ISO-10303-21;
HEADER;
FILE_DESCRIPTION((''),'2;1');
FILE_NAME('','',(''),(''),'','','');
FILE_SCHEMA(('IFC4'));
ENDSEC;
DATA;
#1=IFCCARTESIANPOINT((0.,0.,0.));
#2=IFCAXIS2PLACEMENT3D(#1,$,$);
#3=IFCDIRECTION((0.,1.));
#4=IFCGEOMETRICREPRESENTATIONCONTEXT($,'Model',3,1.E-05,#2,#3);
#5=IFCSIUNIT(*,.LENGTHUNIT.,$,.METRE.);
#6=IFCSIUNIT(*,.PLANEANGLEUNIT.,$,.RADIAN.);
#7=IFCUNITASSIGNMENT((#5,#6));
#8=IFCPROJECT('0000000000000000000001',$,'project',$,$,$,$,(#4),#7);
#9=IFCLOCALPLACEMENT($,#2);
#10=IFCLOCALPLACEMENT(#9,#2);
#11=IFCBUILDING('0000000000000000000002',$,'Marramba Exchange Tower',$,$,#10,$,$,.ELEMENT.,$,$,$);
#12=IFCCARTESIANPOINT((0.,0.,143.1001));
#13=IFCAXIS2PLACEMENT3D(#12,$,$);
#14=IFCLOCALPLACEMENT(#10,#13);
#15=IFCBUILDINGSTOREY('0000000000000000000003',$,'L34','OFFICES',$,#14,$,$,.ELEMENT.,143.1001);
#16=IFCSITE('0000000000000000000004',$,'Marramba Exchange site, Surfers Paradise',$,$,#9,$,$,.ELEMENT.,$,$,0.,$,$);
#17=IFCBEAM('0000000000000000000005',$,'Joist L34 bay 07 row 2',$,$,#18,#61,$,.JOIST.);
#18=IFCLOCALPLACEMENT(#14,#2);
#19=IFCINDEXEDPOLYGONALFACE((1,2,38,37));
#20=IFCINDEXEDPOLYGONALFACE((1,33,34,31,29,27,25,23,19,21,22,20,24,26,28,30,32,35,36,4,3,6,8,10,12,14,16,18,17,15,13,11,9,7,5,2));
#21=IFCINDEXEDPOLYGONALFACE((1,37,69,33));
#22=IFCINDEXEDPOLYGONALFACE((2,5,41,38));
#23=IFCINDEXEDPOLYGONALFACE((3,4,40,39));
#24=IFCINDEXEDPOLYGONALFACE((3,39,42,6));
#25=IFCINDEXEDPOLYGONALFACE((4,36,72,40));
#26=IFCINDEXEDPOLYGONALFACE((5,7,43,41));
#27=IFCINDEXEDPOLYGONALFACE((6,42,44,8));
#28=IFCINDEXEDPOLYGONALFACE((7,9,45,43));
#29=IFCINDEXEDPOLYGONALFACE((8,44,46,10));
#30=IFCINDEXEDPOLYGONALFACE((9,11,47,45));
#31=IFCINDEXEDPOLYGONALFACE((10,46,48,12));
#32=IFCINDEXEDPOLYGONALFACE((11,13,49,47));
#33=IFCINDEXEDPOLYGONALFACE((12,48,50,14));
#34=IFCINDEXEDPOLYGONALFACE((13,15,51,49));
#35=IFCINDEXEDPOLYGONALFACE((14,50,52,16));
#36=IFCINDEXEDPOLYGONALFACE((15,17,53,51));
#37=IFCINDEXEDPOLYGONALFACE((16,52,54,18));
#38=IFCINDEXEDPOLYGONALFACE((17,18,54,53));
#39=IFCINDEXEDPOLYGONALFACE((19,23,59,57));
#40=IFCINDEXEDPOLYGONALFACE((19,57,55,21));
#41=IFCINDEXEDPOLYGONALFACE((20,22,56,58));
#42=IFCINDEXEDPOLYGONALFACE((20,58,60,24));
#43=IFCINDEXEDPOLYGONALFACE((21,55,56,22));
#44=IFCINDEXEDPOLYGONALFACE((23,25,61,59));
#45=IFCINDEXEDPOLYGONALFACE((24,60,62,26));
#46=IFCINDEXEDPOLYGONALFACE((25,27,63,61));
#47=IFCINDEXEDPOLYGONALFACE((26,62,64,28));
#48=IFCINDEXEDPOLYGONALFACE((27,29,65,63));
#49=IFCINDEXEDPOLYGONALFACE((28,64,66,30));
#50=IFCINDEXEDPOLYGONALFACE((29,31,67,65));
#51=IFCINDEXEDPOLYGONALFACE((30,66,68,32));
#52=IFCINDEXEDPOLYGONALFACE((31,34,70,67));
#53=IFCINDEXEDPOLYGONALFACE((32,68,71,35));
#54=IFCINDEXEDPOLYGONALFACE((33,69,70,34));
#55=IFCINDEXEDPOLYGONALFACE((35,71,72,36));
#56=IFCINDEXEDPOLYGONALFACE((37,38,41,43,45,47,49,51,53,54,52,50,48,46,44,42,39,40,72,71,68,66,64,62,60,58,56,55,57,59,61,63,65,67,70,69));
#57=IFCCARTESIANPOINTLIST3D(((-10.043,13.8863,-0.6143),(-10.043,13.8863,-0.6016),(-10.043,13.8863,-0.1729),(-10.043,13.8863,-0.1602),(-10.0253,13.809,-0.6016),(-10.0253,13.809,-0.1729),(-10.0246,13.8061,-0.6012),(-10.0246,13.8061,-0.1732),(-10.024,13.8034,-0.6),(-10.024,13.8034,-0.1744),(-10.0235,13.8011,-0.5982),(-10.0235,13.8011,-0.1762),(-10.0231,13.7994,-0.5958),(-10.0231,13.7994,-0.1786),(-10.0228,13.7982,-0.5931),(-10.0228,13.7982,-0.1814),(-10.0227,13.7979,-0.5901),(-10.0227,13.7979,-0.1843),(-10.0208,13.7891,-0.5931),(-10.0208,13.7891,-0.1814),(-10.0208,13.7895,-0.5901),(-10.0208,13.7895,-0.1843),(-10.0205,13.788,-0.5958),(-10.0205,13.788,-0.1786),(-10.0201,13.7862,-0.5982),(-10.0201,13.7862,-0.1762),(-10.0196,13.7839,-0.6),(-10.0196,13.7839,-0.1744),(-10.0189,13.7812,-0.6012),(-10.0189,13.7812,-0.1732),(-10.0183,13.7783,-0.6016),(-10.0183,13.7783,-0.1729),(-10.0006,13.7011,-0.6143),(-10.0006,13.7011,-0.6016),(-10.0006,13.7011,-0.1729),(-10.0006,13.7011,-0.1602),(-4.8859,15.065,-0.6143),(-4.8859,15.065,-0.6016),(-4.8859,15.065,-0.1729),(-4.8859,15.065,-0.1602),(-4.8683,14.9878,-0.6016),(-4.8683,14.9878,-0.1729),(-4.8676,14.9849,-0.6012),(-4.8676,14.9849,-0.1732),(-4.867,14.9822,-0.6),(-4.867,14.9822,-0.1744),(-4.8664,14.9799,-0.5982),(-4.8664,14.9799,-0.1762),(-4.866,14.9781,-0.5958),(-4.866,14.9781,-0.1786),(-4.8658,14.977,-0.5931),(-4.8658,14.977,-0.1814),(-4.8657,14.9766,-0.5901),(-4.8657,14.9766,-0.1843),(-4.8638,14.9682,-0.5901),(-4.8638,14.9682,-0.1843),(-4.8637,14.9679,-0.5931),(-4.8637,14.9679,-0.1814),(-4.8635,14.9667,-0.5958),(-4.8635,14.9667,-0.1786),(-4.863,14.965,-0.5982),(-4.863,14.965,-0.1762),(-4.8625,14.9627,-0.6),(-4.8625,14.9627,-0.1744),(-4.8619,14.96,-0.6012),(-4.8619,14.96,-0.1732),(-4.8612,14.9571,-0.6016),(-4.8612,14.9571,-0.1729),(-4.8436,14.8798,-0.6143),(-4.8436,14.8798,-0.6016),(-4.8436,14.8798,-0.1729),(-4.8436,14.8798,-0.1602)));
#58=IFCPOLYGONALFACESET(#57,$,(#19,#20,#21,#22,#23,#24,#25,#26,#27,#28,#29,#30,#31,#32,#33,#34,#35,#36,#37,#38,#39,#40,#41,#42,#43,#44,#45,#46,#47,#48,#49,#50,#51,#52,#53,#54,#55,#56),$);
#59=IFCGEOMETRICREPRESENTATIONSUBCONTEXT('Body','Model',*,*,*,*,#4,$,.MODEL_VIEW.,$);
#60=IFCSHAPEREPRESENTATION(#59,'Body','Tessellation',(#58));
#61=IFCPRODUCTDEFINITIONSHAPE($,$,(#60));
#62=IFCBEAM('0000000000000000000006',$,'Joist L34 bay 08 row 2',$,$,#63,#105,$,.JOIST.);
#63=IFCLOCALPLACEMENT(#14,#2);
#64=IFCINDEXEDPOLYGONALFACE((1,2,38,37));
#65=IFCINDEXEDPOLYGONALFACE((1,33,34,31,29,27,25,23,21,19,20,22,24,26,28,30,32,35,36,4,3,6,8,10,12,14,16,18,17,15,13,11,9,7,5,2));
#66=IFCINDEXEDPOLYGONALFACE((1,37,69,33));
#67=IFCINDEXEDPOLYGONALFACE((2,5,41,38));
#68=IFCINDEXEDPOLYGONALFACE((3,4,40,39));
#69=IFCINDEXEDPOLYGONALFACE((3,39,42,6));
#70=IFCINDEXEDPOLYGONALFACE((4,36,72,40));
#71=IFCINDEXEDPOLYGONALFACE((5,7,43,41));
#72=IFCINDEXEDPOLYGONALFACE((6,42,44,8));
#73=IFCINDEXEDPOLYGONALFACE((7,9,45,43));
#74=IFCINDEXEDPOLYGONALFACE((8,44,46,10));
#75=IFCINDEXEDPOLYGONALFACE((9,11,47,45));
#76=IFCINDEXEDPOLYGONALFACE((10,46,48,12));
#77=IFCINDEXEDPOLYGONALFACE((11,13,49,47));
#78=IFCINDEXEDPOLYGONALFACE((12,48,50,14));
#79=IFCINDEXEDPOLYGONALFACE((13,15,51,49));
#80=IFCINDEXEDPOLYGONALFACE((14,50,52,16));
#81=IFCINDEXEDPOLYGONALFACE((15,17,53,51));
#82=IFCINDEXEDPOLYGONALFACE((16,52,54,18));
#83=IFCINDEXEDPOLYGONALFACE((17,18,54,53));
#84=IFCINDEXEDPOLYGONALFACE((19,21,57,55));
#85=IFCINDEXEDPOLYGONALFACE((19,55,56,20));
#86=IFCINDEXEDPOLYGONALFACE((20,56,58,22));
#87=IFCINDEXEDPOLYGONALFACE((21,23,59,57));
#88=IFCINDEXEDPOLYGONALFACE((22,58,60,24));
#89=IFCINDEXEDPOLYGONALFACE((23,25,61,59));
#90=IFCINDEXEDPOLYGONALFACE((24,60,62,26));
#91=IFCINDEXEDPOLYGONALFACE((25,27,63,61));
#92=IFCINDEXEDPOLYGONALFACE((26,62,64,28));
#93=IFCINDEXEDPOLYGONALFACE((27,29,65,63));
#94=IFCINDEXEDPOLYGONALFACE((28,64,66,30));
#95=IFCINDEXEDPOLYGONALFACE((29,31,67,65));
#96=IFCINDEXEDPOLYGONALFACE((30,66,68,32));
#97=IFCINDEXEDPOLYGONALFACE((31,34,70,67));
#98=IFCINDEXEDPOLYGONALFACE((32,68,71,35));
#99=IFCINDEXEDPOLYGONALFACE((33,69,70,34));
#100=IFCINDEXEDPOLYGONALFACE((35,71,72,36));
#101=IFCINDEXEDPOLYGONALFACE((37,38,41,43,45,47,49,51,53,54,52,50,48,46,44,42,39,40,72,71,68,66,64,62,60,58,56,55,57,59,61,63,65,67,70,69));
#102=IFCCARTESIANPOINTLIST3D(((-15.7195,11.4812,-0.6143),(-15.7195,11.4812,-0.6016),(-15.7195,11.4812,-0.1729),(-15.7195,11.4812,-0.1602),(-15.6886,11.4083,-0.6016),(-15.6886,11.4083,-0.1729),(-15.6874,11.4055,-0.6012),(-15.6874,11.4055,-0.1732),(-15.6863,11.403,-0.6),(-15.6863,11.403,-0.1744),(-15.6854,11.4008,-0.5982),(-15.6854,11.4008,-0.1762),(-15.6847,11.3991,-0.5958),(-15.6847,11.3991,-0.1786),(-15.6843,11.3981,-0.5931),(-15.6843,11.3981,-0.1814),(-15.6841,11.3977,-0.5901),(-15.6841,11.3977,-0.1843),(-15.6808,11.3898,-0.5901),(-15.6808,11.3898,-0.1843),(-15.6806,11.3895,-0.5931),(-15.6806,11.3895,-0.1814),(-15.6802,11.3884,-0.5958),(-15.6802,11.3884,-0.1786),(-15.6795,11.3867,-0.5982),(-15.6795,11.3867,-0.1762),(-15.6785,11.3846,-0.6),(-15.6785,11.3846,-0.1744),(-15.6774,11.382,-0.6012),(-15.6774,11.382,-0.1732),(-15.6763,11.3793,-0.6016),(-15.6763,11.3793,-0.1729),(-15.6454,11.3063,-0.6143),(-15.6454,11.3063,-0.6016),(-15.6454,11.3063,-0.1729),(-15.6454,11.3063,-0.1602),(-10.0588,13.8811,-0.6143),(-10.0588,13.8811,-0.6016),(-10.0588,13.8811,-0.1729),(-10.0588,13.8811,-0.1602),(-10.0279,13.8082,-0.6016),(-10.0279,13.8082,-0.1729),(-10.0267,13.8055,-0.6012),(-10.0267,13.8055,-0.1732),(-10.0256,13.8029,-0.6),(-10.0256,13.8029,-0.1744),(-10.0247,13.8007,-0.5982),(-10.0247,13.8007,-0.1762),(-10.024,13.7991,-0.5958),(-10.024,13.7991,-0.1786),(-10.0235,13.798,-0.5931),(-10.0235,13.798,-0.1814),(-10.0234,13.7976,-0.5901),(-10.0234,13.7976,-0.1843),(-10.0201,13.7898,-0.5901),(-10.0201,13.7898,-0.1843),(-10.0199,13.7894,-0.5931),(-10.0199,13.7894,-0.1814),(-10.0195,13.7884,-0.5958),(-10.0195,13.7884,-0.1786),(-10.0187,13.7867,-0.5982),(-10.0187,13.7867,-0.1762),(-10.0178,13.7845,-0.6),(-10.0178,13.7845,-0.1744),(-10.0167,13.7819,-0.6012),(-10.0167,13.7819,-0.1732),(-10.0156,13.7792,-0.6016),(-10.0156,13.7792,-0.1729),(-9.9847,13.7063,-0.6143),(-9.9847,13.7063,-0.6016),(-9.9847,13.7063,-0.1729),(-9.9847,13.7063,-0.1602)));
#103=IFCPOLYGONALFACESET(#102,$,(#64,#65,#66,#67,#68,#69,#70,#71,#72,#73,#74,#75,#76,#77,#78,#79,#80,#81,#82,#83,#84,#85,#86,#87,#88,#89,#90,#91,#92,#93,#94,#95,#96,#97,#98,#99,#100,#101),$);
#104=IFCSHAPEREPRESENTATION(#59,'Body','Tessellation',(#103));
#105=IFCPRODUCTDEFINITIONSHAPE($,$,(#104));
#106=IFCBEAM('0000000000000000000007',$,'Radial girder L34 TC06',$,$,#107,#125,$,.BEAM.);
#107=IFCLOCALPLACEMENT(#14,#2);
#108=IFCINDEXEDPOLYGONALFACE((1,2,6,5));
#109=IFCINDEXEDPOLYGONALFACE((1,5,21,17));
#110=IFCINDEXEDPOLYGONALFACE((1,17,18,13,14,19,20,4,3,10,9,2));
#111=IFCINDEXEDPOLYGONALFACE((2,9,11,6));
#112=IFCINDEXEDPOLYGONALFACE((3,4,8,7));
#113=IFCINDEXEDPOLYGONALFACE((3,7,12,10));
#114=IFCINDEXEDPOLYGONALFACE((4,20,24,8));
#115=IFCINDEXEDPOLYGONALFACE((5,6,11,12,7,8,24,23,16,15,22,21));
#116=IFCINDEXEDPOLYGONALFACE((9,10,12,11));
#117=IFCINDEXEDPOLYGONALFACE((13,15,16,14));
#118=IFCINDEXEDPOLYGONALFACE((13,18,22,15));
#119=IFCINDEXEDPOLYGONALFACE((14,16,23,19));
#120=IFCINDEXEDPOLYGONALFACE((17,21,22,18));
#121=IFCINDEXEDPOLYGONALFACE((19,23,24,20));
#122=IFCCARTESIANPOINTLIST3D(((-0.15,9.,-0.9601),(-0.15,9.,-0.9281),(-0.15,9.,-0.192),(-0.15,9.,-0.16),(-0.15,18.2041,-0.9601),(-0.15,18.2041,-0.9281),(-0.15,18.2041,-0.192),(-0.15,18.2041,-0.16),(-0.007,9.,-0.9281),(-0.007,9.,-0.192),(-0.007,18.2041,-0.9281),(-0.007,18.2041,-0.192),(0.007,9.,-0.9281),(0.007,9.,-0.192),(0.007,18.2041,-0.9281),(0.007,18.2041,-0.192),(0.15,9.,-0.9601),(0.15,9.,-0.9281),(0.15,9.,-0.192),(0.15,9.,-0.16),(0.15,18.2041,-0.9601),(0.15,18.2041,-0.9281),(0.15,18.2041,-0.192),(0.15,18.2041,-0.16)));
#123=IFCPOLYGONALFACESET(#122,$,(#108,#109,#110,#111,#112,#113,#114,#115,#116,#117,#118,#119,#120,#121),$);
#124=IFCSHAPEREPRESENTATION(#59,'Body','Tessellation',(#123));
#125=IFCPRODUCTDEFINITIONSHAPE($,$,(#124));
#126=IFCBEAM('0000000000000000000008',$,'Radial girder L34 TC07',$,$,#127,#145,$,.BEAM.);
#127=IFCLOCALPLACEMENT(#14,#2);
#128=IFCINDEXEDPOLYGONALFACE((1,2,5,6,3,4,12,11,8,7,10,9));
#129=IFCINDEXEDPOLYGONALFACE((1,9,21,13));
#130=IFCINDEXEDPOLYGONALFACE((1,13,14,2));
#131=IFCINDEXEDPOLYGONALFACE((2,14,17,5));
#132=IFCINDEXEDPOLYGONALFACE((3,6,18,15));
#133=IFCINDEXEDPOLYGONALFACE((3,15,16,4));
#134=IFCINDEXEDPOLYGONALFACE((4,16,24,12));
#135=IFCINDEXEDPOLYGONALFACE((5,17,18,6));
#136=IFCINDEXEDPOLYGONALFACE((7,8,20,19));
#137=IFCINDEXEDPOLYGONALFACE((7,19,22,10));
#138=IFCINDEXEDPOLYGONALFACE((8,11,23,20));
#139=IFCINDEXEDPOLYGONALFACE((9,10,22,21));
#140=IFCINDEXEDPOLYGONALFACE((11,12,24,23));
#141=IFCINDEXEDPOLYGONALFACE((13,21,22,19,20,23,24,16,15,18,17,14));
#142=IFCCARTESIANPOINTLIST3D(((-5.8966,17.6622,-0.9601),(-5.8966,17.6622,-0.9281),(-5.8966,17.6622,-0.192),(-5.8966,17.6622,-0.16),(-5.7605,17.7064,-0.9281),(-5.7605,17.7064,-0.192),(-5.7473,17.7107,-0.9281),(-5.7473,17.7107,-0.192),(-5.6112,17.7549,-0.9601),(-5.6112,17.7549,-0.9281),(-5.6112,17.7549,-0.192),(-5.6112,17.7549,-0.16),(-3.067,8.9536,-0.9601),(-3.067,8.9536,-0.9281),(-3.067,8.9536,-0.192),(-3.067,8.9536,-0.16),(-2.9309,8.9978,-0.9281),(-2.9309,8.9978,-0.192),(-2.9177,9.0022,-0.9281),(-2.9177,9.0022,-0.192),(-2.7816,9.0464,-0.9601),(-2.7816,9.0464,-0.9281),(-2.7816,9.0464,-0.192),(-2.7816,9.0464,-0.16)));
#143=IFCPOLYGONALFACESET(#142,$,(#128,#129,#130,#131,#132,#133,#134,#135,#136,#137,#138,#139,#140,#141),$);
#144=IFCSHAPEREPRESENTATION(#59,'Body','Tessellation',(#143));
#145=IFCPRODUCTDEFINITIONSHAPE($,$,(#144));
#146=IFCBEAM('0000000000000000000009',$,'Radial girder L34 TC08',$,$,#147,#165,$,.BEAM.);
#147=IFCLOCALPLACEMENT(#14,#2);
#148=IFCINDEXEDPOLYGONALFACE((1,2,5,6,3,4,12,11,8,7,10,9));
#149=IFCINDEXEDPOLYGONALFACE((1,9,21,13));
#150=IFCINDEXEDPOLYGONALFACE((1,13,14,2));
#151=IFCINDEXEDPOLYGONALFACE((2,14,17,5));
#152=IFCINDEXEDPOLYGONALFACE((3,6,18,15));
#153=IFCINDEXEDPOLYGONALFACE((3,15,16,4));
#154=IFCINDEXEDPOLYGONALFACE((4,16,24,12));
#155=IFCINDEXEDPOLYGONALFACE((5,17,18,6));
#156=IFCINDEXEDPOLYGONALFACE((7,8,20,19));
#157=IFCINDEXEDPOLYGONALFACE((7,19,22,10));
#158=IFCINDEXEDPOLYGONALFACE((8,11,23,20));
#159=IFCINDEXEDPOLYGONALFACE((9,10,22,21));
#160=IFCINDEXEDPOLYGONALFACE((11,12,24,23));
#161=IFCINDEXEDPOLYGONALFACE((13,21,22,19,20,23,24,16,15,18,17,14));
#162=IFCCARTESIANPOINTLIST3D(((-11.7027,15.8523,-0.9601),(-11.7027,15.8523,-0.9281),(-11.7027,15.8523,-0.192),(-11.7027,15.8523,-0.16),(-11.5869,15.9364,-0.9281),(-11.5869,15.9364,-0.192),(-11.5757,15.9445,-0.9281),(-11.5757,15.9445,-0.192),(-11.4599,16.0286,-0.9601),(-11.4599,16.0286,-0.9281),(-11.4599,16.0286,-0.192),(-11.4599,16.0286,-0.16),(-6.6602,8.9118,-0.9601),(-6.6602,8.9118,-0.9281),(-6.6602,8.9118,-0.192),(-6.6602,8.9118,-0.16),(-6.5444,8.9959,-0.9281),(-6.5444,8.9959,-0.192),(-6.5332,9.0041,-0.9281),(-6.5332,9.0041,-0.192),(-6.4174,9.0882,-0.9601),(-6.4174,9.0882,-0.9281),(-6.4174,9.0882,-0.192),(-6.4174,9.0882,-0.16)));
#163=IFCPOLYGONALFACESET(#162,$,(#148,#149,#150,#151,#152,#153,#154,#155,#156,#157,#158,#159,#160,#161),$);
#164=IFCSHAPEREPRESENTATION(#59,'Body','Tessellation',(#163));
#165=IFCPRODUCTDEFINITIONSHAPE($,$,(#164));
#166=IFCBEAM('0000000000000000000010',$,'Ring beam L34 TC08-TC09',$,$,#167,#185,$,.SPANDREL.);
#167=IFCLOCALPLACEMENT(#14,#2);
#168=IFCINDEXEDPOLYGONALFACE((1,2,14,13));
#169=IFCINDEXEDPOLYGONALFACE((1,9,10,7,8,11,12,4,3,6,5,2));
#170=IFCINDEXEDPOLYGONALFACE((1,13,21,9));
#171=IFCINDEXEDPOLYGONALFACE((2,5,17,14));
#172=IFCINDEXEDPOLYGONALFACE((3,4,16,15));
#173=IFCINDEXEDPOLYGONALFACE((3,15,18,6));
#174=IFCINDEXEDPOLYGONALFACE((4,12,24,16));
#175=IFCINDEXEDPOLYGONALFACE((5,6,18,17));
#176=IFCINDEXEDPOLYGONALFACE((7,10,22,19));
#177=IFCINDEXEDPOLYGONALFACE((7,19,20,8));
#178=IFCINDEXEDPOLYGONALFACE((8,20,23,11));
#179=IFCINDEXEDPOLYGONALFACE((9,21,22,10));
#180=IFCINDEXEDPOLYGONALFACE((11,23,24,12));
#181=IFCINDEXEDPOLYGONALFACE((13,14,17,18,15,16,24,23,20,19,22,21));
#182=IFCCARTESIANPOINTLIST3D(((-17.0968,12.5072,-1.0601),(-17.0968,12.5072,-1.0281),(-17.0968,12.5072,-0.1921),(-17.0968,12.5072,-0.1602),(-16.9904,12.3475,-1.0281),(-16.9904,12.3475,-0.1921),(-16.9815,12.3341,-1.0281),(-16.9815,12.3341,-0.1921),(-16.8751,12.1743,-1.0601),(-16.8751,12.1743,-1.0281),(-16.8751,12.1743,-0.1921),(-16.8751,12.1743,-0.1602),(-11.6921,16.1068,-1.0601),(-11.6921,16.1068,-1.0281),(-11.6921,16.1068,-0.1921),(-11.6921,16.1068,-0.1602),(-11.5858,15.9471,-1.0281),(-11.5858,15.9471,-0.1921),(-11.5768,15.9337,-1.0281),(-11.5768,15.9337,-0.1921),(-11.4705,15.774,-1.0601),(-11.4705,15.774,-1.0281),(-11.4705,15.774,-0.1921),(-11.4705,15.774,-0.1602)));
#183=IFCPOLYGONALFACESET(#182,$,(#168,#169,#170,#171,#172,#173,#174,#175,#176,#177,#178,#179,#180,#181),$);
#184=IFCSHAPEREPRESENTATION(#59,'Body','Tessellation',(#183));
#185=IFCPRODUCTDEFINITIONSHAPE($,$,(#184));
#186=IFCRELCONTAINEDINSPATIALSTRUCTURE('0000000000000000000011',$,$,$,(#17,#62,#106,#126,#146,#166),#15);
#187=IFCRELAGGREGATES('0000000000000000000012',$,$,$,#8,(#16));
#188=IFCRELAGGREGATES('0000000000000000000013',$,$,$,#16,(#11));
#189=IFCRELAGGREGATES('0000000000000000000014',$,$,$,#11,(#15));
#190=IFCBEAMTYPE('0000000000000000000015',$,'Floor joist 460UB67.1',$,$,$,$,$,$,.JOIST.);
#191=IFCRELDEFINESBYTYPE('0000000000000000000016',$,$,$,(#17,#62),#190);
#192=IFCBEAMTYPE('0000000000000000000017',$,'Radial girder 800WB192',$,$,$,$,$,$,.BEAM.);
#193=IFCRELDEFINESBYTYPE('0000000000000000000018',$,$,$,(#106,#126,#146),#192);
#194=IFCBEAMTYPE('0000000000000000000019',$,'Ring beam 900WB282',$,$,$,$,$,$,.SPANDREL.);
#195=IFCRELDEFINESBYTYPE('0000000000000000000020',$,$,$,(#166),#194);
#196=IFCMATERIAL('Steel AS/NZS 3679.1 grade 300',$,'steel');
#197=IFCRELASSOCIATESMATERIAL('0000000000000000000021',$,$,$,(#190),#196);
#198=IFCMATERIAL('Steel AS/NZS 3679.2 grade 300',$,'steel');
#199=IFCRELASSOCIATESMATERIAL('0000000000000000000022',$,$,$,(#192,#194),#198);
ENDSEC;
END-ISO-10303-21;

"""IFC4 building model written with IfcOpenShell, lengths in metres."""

from ifc_helpers import new_model, si_unit, direction, frame, origin, origin_2d, place, context, subcontext, project, spatial, i_section, extrude, material, material_profile, profile_set, type_object, element, save


model = new_model("IFC4")

# Units and contexts
model_context = context("Model", 3, precision=1e-05, world=origin(), true_north=direction((0.0, 1.0)))
body_context = subcontext(model_context, "Body", "Model", "MODEL_VIEW")
ifc_project = project(units=[si_unit("LENGTHUNIT", "METRE"), si_unit("PLANEANGLEUNIT", "RADIAN")], contexts=[model_context])

# Site, building, storey
site_placement = place(None, origin())
site = spatial("IfcSite", under=ifc_project, at=site_placement, Name="Marramba Exchange site, Surfers Paradise", CompositionType="ELEMENT", RefElevation=0.0)
building_placement = place(site_placement, origin())
building = spatial("IfcBuilding", under=site, at=building_placement, Name="Marramba Exchange Tower", CompositionType="ELEMENT")
storey_placement = place(building_placement, frame((0.0, 0.0, 143.1001)))
storey = spatial("IfcBuildingStorey", under=building, at=storey_placement, Name="L34", Description="OFFICES", CompositionType="ELEMENT", Elevation=143.1001)

# Beams
ifc_material_1 = material(Name="Steel AS/NZS 3679.1 grade 300", Category="steel")
ifc_material_profile_1 = material_profile(ifc_material_1, i_section(OverallWidth=0.1899, OverallDepth=0.4541, WebThickness=0.0085, FlangeThickness=0.0127, FilletRadius=0.0115, at=origin_2d()), Name="460UB67.1")
ifc_profile_set_1 = profile_set([ifc_material_profile_1], Name="Steel AS/NZS 3679.1 grade 300")
beam_type_1 = type_object("IfcBeamType", Name="Floor joist 460UB67.1", PredefinedType="JOIST", material=ifc_profile_set_1)
beam_1_placement = place(storey_placement, frame((-4.8647, 14.9724, -0.3872), z_axis=(-0.97486, -0.22282, 0.0), x_axis=(0.22282, -0.97486, 0.0)))
element("IfcBeam", 1, at=beam_1_placement, inside=storey, type_object=beam_type_1, Name="Joist L34 bay 07 row 2", PredefinedType="JOIST", context=body_context, shape_type="SweptSolid", body=[
    extrude(i_section(OverallWidth=0.1899, OverallDepth=0.4541, WebThickness=0.0085, FlangeThickness=0.0127, FilletRadius=0.0115, at=origin_2d()), origin(), (0.0, 0.0, 1.0), 5.29),
])
beam_2_placement = place(storey_placement, frame((-10.0217, 13.7937, -0.3872), z_axis=(-0.920674, -0.390332, 0.0), x_axis=(0.390332, -0.920674, 0.0)))
element("IfcBeam", 2, at=beam_2_placement, inside=storey, type_object=beam_type_1, Name="Joist L34 bay 08 row 2", PredefinedType="JOIST", context=body_context, shape_type="SweptSolid", body=[
    extrude(i_section(OverallWidth=0.1899, OverallDepth=0.4541, WebThickness=0.0085, FlangeThickness=0.0127, FilletRadius=0.0115, at=origin_2d()), origin(), (0.0, 0.0, 1.0), 6.1484),
])
ifc_material_2 = material(Name="Steel AS/NZS 3679.2 grade 300", Category="steel")
ifc_material_profile_2 = material_profile(ifc_material_2, i_section(OverallWidth=0.3, OverallDepth=0.8, WebThickness=0.0139, FlangeThickness=0.032, at=origin_2d()), Name="800WB192")
ifc_profile_set_2 = profile_set([ifc_material_profile_2], Name="Steel AS/NZS 3679.2 grade 300")
beam_type_2 = type_object("IfcBeamType", Name="Radial girder 800WB192", PredefinedType="BEAM", material=ifc_profile_set_2)
beam_3_placement = place(storey_placement, frame((0.0, 9.0, -0.5601), z_axis=(0.0, 1.0, 0.0), x_axis=(-1.0, 0.0, 0.0)))
element("IfcBeam", 3, at=beam_3_placement, inside=storey, type_object=beam_type_2, Name="Radial girder L34 TC06", PredefinedType="BEAM", context=body_context, shape_type="SweptSolid", body=[
    extrude(i_section(OverallWidth=0.3, OverallDepth=0.8, WebThickness=0.0139, FlangeThickness=0.032, at=origin_2d()), origin(), (0.0, 0.0, 1.0), 9.2041),
])
beam_4_placement = place(storey_placement, frame((-2.9243, 9.0, -0.5601), z_axis=(-0.30902, 0.951056, 0.0), x_axis=(-0.951056, -0.30902, 0.0)))
element("IfcBeam", 4, at=beam_4_placement, inside=storey, type_object=beam_type_2, Name="Radial girder L34 TC07", PredefinedType="BEAM", context=body_context, shape_type="SweptSolid", body=[
    extrude(i_section(OverallWidth=0.3, OverallDepth=0.8, WebThickness=0.0139, FlangeThickness=0.032, at=origin_2d()), origin(), (0.0, 0.0, 1.0), 9.1567),
])
beam_5_placement = place(storey_placement, frame((-6.5388, 9.0, -0.5601), z_axis=(-0.587782, 0.809019, 0.0), x_axis=(-0.809019, -0.587782, 0.0)))
element("IfcBeam", 5, at=beam_5_placement, inside=storey, type_object=beam_type_2, Name="Radial girder L34 TC08", PredefinedType="BEAM", context=body_context, shape_type="SweptSolid", body=[
    extrude(i_section(OverallWidth=0.3, OverallDepth=0.8, WebThickness=0.0139, FlangeThickness=0.032, at=origin_2d()), origin(), (0.0, 0.0, 1.0), 8.5789),
])
ifc_material_profile_3 = material_profile(ifc_material_2, i_section(OverallWidth=0.3999, OverallDepth=0.8999, WebThickness=0.0161, FlangeThickness=0.032, at=origin_2d()), Name="900WB282")
ifc_profile_set_3 = profile_set([ifc_material_profile_3], Name="Steel AS/NZS 3679.2 grade 300")
beam_type_3 = type_object("IfcBeamType", Name="Ring beam 900WB282", PredefinedType="SPANDREL", material=ifc_profile_set_3)
beam_6_placement = place(storey_placement, frame((-11.5813, 15.9404, -0.6101), z_axis=(-0.832293, -0.554336, 0.0), x_axis=(0.554336, -0.832293, 0.0)))
element("IfcBeam", 6, at=beam_6_placement, inside=storey, type_object=beam_type_3, Name="Ring beam L34 TC08-TC09", PredefinedType="SPANDREL", context=body_context, shape_type="SweptSolid", body=[
    extrude(i_section(OverallWidth=0.3999, OverallDepth=0.8999, WebThickness=0.0161, FlangeThickness=0.032, at=origin_2d()), origin(), (0.0, 0.0, 1.0), 6.4937),
])

save(model, "model.ifc")
